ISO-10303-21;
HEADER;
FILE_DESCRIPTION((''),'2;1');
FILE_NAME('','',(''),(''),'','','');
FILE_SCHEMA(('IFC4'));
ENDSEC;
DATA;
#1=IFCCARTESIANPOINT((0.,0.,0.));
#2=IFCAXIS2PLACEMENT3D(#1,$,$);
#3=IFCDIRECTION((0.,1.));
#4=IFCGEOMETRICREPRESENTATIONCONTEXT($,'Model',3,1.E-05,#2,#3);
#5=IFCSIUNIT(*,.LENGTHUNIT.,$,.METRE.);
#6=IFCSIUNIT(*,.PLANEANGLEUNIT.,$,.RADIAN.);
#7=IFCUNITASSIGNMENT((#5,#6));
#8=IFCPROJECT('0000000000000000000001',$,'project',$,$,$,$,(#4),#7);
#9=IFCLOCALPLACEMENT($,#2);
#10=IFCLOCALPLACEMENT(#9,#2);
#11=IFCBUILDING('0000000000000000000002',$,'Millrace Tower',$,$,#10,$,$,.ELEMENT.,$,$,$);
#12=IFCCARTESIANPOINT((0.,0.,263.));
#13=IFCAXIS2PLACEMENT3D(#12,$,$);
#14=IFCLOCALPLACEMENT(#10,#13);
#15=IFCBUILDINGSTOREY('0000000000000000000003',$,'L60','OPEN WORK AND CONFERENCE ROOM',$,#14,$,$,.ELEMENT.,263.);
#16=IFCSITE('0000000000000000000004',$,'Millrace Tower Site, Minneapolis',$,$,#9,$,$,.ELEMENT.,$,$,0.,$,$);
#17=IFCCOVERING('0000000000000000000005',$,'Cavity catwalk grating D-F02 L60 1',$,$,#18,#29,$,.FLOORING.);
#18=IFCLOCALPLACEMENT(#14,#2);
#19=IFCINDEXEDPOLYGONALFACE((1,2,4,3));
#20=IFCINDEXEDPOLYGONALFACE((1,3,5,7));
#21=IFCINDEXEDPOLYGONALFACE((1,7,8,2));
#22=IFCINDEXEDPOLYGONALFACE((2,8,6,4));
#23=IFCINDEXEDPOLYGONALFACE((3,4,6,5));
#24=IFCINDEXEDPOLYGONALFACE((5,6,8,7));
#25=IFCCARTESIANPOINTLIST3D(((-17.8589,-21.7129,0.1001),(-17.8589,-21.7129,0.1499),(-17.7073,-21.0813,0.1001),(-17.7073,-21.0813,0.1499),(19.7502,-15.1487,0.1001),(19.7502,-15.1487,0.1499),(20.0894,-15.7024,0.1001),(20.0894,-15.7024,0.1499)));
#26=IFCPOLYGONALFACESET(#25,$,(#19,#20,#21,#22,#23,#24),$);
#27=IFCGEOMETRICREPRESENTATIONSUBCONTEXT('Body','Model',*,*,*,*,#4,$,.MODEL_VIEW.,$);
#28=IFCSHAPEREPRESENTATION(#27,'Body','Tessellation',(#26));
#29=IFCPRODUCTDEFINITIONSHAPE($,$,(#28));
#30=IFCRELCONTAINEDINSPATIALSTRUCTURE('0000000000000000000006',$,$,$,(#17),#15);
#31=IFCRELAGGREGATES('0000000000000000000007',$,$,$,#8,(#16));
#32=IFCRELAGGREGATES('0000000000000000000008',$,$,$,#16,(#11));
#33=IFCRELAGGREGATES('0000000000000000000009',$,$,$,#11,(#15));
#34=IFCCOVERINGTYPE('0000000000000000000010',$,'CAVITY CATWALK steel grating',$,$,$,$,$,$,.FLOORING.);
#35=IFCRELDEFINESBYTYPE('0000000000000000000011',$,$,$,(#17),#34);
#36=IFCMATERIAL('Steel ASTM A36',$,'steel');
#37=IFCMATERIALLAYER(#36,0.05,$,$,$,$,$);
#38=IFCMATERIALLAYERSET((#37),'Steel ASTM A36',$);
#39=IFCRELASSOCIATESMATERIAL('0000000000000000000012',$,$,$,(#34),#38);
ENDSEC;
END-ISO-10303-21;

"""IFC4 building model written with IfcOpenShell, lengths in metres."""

from ifc_helpers import new_model, si_unit, direction, frame, origin, place, context, subcontext, project, spatial, polyline, outline, extrude, material, layer, layer_set, type_object, element, save


model = new_model("IFC4")

# Units and contexts
model_context = context("Model", 3, precision=1e-05, world=origin(), true_north=direction((0.0, 1.0)))
body_context = subcontext(model_context, "Body", "Model", "MODEL_VIEW")
ifc_project = project(units=[si_unit("LENGTHUNIT", "METRE"), si_unit("PLANEANGLEUNIT", "RADIAN")], contexts=[model_context])

# Site, building, storey
site_placement = place(None, origin())
site = spatial("IfcSite", under=ifc_project, at=site_placement, Name="Millrace Tower Site, Minneapolis", CompositionType="ELEMENT", RefElevation=0.0)
building_placement = place(site_placement, origin())
building = spatial("IfcBuilding", under=site, at=building_placement, Name="Millrace Tower", CompositionType="ELEMENT")
storey_placement = place(building_placement, frame((0.0, 0.0, 263.0)))
storey = spatial("IfcBuildingStorey", under=building, at=storey_placement, Name="L60", Description="OPEN WORK AND CONFERENCE ROOM", CompositionType="ELEMENT", Elevation=263.0)

# Covering
ifc_material_1 = material(Name="Steel ASTM A36", Category="steel")
ifc_layer_1 = layer(ifc_material_1, 0.05)
ifc_layer_set_1 = layer_set([ifc_layer_1], Name="Steel ASTM A36")
covering_type = type_object("IfcCoveringType", Name="CAVITY CATWALK steel grating", PredefinedType="FLOORING", material=ifc_layer_set_1)
covering_placement = place(storey_placement, frame((0.0, 0.0, 0.1001)))
element("IfcCovering", 1, at=covering_placement, inside=storey, type_object=covering_type, Name="Cavity catwalk grating D-F02 L60 1", PredefinedType="FLOORING", context=body_context, shape_type="SweptSolid", body=[
    extrude(outline(polyline([(-17.8589, -21.7129), (20.0894, -15.7024), (19.7502, -15.1487), (-17.7073, -21.0813), (-17.8589, -21.7129)])), origin(), (0.0, 0.0, 1.0), 0.0498),
])

save(model, "model.ifc")
